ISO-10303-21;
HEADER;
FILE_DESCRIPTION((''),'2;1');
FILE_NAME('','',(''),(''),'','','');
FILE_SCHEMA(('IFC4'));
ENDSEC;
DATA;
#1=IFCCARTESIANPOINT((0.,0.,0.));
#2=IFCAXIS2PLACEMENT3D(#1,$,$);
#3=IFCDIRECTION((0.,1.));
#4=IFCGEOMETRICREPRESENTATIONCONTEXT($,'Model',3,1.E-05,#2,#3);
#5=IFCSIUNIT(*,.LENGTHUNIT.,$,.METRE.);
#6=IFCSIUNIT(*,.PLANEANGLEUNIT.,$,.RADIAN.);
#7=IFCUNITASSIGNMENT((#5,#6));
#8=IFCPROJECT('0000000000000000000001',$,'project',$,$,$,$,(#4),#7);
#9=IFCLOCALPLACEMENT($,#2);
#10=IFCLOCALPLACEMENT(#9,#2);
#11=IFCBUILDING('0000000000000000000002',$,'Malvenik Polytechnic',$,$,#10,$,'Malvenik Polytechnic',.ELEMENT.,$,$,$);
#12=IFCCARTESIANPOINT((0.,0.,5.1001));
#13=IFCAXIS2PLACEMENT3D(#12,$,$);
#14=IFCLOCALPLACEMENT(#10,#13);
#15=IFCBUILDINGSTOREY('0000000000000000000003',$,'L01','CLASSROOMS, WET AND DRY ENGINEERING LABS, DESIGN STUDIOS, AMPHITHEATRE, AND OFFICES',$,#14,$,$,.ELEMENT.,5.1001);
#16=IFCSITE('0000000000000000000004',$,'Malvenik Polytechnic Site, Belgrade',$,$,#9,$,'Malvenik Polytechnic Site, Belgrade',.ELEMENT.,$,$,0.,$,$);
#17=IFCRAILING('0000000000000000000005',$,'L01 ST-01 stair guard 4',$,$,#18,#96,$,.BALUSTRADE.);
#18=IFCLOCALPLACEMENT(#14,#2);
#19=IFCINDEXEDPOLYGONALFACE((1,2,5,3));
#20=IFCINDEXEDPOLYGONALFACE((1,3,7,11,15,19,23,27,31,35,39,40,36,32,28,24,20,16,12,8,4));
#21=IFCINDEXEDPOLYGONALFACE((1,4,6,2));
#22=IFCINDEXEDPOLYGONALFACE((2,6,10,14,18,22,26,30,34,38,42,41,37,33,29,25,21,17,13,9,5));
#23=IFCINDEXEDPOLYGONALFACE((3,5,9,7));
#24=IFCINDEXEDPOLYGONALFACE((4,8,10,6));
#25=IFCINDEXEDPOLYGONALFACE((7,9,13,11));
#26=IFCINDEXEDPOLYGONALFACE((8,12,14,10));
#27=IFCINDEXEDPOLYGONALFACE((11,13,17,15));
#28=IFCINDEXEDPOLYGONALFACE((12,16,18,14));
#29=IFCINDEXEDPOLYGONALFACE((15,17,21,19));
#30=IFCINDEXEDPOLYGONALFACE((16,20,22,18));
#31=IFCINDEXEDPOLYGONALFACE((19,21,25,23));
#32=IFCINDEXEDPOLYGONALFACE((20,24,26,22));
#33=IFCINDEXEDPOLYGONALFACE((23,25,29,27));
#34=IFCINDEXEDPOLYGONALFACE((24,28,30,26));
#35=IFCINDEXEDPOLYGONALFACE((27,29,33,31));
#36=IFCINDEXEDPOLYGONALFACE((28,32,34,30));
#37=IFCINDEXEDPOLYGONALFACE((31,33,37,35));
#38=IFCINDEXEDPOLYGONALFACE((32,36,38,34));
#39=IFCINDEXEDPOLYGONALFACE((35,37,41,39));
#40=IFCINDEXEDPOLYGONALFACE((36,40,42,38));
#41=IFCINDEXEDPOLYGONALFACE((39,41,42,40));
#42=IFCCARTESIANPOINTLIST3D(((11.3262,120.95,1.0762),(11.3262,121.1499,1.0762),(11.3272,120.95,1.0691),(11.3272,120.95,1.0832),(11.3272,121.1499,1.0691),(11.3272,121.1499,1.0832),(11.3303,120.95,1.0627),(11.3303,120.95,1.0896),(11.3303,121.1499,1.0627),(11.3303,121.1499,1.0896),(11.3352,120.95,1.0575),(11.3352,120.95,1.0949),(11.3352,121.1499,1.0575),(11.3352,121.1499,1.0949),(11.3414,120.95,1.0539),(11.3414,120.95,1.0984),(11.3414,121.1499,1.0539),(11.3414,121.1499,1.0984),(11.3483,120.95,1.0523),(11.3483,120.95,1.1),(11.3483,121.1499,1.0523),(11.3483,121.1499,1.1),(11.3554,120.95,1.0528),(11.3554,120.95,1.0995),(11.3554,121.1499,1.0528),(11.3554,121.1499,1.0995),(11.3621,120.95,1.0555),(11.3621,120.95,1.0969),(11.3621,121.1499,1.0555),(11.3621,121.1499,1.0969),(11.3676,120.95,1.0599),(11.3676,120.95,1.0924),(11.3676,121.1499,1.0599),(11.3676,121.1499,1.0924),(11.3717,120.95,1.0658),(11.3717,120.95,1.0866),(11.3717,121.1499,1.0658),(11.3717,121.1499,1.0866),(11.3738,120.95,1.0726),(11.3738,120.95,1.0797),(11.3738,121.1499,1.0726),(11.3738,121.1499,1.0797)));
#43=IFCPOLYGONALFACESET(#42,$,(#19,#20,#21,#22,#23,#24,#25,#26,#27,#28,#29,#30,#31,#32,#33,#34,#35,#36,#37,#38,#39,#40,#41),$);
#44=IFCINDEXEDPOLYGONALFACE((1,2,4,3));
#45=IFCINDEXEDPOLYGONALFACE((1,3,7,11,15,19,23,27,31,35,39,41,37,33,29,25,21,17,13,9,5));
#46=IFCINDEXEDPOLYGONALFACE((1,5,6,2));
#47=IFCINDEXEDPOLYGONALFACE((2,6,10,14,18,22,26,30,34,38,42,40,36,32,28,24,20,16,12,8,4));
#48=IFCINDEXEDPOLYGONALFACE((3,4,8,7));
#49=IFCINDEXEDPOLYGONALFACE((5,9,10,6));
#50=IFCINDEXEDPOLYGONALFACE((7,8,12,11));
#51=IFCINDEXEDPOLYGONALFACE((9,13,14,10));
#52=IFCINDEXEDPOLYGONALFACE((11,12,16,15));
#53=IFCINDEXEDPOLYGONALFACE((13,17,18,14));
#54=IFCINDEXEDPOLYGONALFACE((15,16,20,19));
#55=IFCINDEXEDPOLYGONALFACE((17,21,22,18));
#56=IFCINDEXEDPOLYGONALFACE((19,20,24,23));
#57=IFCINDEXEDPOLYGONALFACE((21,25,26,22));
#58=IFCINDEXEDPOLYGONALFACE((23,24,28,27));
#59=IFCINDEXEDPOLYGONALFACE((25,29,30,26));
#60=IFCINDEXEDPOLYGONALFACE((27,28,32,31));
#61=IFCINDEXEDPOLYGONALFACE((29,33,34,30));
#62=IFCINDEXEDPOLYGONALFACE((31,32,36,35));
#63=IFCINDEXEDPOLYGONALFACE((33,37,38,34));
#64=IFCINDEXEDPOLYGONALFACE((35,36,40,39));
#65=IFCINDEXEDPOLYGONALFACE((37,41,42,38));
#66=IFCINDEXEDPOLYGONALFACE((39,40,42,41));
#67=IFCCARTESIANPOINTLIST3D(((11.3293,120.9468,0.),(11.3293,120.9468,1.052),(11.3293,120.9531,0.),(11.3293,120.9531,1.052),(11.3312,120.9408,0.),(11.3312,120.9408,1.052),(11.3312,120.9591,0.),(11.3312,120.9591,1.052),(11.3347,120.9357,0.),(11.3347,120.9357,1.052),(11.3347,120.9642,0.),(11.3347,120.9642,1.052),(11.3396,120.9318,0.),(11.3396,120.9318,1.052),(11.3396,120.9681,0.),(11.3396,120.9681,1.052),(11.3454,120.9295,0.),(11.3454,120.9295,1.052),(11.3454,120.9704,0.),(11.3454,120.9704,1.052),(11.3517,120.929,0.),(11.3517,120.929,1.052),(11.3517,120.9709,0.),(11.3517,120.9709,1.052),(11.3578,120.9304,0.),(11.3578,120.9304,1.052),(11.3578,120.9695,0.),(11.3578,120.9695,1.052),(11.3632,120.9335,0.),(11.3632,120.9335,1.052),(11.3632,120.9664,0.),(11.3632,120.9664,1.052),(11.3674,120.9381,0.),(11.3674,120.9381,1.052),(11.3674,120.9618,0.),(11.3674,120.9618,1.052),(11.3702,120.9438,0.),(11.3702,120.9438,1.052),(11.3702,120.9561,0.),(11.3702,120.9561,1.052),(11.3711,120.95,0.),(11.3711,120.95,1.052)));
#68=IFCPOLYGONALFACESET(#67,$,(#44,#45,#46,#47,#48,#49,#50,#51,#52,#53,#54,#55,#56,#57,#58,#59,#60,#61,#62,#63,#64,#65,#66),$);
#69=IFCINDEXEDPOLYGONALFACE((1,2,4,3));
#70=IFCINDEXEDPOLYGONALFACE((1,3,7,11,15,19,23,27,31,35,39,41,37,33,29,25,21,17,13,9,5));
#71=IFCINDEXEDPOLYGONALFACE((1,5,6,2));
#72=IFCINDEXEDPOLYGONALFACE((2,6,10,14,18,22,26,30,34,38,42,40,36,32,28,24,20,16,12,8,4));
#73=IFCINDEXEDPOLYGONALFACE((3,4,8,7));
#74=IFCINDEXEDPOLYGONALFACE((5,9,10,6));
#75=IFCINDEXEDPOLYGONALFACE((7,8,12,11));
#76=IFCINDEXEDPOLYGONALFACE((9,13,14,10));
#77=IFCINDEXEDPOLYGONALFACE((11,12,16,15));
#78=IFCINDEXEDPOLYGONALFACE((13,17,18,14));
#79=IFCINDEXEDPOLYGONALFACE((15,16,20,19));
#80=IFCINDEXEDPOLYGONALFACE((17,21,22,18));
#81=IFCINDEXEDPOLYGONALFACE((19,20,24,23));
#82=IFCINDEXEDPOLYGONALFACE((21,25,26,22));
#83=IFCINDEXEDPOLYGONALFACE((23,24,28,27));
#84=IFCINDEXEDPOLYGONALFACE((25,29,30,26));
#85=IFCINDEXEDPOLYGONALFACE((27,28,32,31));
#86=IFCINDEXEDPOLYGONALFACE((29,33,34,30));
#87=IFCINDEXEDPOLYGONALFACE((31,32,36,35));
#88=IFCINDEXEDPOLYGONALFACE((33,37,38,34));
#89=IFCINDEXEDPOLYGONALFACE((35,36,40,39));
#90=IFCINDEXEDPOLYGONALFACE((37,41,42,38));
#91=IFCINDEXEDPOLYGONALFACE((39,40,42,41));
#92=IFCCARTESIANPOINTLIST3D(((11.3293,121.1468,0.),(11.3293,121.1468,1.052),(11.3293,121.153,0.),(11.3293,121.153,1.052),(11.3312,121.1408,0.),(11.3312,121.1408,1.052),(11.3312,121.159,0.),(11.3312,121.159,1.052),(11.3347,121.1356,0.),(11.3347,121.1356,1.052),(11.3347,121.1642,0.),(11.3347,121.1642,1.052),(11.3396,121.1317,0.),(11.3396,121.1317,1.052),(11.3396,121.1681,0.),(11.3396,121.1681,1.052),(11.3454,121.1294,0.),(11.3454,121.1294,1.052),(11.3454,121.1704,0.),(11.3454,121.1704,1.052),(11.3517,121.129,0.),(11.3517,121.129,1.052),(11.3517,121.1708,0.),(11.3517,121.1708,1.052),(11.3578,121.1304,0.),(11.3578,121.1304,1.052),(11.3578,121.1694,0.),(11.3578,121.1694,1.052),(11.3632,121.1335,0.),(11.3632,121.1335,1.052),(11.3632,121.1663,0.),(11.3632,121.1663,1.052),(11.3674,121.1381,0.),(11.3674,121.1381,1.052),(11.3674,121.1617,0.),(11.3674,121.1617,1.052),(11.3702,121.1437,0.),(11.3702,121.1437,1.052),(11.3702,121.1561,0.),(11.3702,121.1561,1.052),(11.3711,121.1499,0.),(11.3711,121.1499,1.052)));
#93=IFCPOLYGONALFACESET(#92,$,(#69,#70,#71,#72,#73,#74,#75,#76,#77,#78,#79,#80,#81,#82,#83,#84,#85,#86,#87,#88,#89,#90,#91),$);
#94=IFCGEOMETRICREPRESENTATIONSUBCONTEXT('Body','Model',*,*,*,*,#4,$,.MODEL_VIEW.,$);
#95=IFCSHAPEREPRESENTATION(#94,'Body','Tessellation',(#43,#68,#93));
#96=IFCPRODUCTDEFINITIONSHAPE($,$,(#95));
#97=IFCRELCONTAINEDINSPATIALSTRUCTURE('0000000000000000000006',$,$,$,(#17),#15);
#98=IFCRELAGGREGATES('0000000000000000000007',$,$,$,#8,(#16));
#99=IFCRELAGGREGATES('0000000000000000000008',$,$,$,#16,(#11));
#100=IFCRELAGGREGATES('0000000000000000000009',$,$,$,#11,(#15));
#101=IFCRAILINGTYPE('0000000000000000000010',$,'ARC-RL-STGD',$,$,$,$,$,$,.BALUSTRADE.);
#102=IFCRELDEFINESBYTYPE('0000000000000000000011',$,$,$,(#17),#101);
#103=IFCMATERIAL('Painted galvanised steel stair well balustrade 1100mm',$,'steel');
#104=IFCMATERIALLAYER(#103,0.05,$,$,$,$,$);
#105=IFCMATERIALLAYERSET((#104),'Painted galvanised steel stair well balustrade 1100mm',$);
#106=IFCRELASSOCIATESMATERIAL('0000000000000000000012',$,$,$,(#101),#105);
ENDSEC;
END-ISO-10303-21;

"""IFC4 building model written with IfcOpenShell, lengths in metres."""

from ifc_helpers import new_model, si_unit, direction, frame, origin, origin_2d, place, context, subcontext, project, spatial, circle, extrude, material, layer, layer_set, type_object, element, save


model = new_model("IFC4")

# Units and contexts
model_context = context("Model", 3, precision=1e-05, world=origin(), true_north=direction((0.0, 1.0)))
body_context = subcontext(model_context, "Body", "Model", "MODEL_VIEW")
ifc_project = project(units=[si_unit("LENGTHUNIT", "METRE"), si_unit("PLANEANGLEUNIT", "RADIAN")], contexts=[model_context])

# Site, building, storey
site_placement = place(None, origin())
site = spatial("IfcSite", under=ifc_project, at=site_placement, Name="Malvenik Polytechnic Site, Belgrade", LongName="Malvenik Polytechnic Site, Belgrade", CompositionType="ELEMENT", RefElevation=0.0)
building_placement = place(site_placement, origin())
building = spatial("IfcBuilding", under=site, at=building_placement, Name="Malvenik Polytechnic", LongName="Malvenik Polytechnic", CompositionType="ELEMENT")
storey_placement = place(building_placement, frame((0.0, 0.0, 5.1001)))
storey = spatial("IfcBuildingStorey", under=building, at=storey_placement, Name="L01", Description="CLASSROOMS, WET AND DRY ENGINEERING LABS, DESIGN STUDIOS, AMPHITHEATRE, AND OFFICES", CompositionType="ELEMENT", Elevation=5.1001)

# Railing
ifc_material_1 = material(Name="Painted galvanised steel stair well balustrade 1100mm", Category="steel")
ifc_layer_1 = layer(ifc_material_1, 0.05)
ifc_layer_set_1 = layer_set([ifc_layer_1], Name="Painted galvanised steel stair well balustrade 1100mm")
railing_type_1 = type_object("IfcRailingType", Name="ARC-RL-STGD", PredefinedType="BALUSTRADE", material=ifc_layer_set_1)
railing_1_placement = place(storey_placement, frame((11.3501, 120.95, 0.0)))
element("IfcRailing", 1, at=railing_1_placement, inside=storey, type_object=railing_type_1, Name="L01 ST-01 stair guard 4", PredefinedType="BALUSTRADE", context=body_context, shape_type="SweptSolid", body=[
    extrude(circle(Radius=0.0239, at=origin_2d()), frame((0.0, 0.0, 1.0762), z_axis=(0.0, 1.0, 0.0), x_axis=(-1.0, 0.0, 0.0)), (0.0, 0.0, 1.0), 0.2),
    extrude(circle(Radius=0.021, at=origin_2d()), origin(), (0.0, 0.0, 1.0), 1.052),
    extrude(circle(Radius=0.021, at=origin_2d()), frame((0.0, 0.2, 0.0)), (0.0, 0.0, 1.0), 1.052),
])

save(model, "model.ifc")
